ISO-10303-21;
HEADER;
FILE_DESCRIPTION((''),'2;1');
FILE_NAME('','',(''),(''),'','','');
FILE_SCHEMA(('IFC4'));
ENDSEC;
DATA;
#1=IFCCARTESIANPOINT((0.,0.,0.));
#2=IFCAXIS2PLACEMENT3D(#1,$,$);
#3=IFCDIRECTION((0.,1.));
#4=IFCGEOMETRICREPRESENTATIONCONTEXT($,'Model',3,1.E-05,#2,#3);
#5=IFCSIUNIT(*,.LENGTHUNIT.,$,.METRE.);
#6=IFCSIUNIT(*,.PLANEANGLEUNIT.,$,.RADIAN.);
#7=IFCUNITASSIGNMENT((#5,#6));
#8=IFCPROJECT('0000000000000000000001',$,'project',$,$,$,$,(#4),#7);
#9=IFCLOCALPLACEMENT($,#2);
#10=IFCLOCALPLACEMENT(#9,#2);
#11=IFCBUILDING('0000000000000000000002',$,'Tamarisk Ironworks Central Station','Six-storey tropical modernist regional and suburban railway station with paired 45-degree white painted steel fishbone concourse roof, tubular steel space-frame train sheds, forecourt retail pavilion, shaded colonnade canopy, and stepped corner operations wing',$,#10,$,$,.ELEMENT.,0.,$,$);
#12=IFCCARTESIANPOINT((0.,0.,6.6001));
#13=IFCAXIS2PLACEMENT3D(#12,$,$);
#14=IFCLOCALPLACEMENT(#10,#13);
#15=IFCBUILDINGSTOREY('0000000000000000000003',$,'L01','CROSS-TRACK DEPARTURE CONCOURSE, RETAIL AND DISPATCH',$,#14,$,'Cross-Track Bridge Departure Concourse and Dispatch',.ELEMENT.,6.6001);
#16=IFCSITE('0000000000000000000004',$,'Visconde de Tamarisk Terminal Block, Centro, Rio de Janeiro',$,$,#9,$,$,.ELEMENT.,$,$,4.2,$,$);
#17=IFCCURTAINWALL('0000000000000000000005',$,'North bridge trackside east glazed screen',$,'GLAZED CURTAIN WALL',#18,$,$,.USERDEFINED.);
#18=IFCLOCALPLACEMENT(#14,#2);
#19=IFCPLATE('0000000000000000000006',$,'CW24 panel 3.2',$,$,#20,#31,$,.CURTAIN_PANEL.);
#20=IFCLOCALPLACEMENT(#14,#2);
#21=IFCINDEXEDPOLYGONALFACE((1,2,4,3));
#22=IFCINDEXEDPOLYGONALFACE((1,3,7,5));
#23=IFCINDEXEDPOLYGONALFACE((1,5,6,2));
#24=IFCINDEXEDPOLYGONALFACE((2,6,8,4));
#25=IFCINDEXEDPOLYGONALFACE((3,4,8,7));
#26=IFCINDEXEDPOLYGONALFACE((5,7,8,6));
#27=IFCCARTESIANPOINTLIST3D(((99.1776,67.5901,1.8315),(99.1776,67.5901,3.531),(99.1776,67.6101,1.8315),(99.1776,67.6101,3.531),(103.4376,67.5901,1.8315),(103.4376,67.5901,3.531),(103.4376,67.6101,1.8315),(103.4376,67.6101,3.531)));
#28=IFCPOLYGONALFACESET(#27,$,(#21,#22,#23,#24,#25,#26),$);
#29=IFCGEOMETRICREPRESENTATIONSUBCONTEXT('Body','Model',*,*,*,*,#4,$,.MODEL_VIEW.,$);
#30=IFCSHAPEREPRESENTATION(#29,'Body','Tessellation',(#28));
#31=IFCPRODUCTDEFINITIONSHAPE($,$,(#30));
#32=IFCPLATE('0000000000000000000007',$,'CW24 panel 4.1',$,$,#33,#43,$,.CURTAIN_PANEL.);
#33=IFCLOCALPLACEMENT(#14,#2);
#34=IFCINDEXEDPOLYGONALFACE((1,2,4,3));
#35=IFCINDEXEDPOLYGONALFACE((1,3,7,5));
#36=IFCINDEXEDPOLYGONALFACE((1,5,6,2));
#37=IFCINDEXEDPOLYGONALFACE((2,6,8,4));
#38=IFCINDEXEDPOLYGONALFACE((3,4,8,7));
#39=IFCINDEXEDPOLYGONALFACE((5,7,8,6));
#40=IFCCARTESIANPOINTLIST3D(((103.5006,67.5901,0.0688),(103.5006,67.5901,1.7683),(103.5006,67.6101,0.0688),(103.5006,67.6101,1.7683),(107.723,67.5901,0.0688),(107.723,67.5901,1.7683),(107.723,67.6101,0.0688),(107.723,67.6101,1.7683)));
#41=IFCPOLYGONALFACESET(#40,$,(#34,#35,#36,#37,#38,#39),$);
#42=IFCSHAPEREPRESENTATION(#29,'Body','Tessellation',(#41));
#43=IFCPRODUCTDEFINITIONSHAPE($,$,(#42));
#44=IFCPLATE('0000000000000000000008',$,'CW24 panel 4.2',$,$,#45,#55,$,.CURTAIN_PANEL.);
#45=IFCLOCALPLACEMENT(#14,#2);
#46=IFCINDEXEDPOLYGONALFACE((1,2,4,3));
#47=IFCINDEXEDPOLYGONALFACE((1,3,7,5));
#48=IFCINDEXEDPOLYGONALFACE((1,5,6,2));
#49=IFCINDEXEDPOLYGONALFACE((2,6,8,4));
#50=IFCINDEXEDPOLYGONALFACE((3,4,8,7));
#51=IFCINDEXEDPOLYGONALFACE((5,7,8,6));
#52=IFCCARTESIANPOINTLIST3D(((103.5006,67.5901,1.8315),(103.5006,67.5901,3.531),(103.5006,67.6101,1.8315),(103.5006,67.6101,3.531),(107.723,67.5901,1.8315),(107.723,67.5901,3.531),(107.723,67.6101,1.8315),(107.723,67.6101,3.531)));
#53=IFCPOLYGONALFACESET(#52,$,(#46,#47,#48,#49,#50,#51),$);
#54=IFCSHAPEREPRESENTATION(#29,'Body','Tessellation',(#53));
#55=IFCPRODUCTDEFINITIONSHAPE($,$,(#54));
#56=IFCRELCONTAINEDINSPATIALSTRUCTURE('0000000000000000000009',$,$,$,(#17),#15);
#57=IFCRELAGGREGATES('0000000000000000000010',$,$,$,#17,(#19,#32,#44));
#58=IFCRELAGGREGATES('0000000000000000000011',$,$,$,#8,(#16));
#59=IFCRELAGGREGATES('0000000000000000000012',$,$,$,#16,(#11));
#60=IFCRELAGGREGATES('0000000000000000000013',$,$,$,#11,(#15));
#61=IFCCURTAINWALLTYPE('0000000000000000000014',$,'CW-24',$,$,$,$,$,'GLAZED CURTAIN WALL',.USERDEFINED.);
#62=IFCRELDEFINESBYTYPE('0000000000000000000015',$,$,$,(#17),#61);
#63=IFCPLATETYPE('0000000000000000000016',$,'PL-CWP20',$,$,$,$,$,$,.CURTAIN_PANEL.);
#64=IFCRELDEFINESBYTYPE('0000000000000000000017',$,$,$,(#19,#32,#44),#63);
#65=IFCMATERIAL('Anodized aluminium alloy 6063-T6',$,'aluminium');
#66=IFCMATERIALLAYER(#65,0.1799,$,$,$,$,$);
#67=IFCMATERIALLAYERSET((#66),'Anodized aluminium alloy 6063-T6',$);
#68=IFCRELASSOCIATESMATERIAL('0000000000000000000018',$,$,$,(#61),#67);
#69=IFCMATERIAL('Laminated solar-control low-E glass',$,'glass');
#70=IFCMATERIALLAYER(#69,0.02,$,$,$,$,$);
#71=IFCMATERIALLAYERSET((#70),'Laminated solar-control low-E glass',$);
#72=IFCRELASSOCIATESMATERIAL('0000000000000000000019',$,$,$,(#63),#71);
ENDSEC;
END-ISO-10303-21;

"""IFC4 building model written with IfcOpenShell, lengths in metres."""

from ifc_helpers import new_model, si_unit, direction, frame, origin, origin_2d, place, context, subcontext, project, spatial, rectangle, extrude, material, layer, layer_set, type_object, element, aggregate, save


model = new_model("IFC4")

# Units and contexts
model_context = context("Model", 3, precision=1e-05, world=origin(), true_north=direction((0.0, 1.0)))
body_context = subcontext(model_context, "Body", "Model", "MODEL_VIEW")
ifc_project = project(units=[si_unit("LENGTHUNIT", "METRE"), si_unit("PLANEANGLEUNIT", "RADIAN")], contexts=[model_context])

# Site, building, storey
site_placement = place(None, origin())
site = spatial("IfcSite", under=ifc_project, at=site_placement, Name="Visconde de Tamarisk Terminal Block, Centro, Rio de Janeiro", CompositionType="ELEMENT", RefElevation=4.2)
building_placement = place(site_placement, origin())
building = spatial("IfcBuilding", under=site, at=building_placement, Name="Tamarisk Ironworks Central Station", Description="Six-storey tropical modernist regional and suburban railway station with paired 45-degree white painted steel fishbone concourse roof, tubular steel space-frame train sheds, forecourt retail pavilion, shaded colonnade canopy, and stepped corner operations wing", CompositionType="ELEMENT", ElevationOfRefHeight=0.0)
storey_placement = place(building_placement, frame((0.0, 0.0, 6.6001)))
storey = spatial("IfcBuildingStorey", under=building, at=storey_placement, Name="L01", Description="CROSS-TRACK DEPARTURE CONCOURSE, RETAIL AND DISPATCH", LongName="Cross-Track Bridge Departure Concourse and Dispatch", CompositionType="ELEMENT", Elevation=6.6001)

# Curtain wall, plates
ifc_material_1 = material(Name="Anodized aluminium alloy 6063-T6", Category="aluminium")
ifc_layer_1 = layer(ifc_material_1, 0.1799)
ifc_layer_set_1 = layer_set([ifc_layer_1], Name="Anodized aluminium alloy 6063-T6")
curtain_wall_type = type_object("IfcCurtainWallType", Name="CW-24", ElementType="GLAZED CURTAIN WALL", PredefinedType="USERDEFINED", material=ifc_layer_set_1)
curtain_wall_placement = place(storey_placement, origin())
curtain_wall = element("IfcCurtainWall", 1, at=curtain_wall_placement, inside=storey, type_object=curtain_wall_type, Name="North bridge trackside east glazed screen", ObjectType="GLAZED CURTAIN WALL", PredefinedType="USERDEFINED")
ifc_material_2 = material(Name="Laminated solar-control low-E glass", Category="glass")
ifc_layer_2 = layer(ifc_material_2, 0.02)
ifc_layer_set_2 = layer_set([ifc_layer_2], Name="Laminated solar-control low-E glass")
plate_type = type_object("IfcPlateType", Name="PL-CWP20", PredefinedType="CURTAIN_PANEL", material=ifc_layer_set_2)
plate_1_placement = place(storey_placement, frame((101.3076, 67.6001, 1.8315), z_axis=(0.0, 0.0, 1.0), x_axis=(1.0, 0.0, 0.0)))
plate_1 = element("IfcPlate", 2, at=plate_1_placement, type_object=plate_type, Name="CW24 panel 3.2", PredefinedType="CURTAIN_PANEL", context=body_context, shape_type="SweptSolid", body=[
    extrude(rectangle(XDim=4.26, YDim=0.02, at=origin_2d()), origin(), (0.0, 0.0, 1.0), 1.6995),
])
plate_2_placement = place(storey_placement, frame((105.6118, 67.6001, 0.0688), z_axis=(0.0, 0.0, 1.0), x_axis=(1.0, 0.0, 0.0)))
plate_2 = element("IfcPlate", 3, at=plate_2_placement, type_object=plate_type, Name="CW24 panel 4.1", PredefinedType="CURTAIN_PANEL", context=body_context, shape_type="SweptSolid", body=[
    extrude(rectangle(XDim=4.2224, YDim=0.02, at=origin_2d()), origin(), (0.0, 0.0, 1.0), 1.6995),
])
plate_3_placement = place(storey_placement, frame((105.6118, 67.6001, 1.8315), z_axis=(0.0, 0.0, 1.0), x_axis=(1.0, 0.0, 0.0)))
plate_3 = element("IfcPlate", 4, at=plate_3_placement, type_object=plate_type, Name="CW24 panel 4.2", PredefinedType="CURTAIN_PANEL", context=body_context, shape_type="SweptSolid", body=[
    extrude(rectangle(XDim=4.2224, YDim=0.02, at=origin_2d()), origin(), (0.0, 0.0, 1.0), 1.6995),
])
aggregate(curtain_wall, [plate_1, plate_2, plate_3])

save(model, "model.ifc")
